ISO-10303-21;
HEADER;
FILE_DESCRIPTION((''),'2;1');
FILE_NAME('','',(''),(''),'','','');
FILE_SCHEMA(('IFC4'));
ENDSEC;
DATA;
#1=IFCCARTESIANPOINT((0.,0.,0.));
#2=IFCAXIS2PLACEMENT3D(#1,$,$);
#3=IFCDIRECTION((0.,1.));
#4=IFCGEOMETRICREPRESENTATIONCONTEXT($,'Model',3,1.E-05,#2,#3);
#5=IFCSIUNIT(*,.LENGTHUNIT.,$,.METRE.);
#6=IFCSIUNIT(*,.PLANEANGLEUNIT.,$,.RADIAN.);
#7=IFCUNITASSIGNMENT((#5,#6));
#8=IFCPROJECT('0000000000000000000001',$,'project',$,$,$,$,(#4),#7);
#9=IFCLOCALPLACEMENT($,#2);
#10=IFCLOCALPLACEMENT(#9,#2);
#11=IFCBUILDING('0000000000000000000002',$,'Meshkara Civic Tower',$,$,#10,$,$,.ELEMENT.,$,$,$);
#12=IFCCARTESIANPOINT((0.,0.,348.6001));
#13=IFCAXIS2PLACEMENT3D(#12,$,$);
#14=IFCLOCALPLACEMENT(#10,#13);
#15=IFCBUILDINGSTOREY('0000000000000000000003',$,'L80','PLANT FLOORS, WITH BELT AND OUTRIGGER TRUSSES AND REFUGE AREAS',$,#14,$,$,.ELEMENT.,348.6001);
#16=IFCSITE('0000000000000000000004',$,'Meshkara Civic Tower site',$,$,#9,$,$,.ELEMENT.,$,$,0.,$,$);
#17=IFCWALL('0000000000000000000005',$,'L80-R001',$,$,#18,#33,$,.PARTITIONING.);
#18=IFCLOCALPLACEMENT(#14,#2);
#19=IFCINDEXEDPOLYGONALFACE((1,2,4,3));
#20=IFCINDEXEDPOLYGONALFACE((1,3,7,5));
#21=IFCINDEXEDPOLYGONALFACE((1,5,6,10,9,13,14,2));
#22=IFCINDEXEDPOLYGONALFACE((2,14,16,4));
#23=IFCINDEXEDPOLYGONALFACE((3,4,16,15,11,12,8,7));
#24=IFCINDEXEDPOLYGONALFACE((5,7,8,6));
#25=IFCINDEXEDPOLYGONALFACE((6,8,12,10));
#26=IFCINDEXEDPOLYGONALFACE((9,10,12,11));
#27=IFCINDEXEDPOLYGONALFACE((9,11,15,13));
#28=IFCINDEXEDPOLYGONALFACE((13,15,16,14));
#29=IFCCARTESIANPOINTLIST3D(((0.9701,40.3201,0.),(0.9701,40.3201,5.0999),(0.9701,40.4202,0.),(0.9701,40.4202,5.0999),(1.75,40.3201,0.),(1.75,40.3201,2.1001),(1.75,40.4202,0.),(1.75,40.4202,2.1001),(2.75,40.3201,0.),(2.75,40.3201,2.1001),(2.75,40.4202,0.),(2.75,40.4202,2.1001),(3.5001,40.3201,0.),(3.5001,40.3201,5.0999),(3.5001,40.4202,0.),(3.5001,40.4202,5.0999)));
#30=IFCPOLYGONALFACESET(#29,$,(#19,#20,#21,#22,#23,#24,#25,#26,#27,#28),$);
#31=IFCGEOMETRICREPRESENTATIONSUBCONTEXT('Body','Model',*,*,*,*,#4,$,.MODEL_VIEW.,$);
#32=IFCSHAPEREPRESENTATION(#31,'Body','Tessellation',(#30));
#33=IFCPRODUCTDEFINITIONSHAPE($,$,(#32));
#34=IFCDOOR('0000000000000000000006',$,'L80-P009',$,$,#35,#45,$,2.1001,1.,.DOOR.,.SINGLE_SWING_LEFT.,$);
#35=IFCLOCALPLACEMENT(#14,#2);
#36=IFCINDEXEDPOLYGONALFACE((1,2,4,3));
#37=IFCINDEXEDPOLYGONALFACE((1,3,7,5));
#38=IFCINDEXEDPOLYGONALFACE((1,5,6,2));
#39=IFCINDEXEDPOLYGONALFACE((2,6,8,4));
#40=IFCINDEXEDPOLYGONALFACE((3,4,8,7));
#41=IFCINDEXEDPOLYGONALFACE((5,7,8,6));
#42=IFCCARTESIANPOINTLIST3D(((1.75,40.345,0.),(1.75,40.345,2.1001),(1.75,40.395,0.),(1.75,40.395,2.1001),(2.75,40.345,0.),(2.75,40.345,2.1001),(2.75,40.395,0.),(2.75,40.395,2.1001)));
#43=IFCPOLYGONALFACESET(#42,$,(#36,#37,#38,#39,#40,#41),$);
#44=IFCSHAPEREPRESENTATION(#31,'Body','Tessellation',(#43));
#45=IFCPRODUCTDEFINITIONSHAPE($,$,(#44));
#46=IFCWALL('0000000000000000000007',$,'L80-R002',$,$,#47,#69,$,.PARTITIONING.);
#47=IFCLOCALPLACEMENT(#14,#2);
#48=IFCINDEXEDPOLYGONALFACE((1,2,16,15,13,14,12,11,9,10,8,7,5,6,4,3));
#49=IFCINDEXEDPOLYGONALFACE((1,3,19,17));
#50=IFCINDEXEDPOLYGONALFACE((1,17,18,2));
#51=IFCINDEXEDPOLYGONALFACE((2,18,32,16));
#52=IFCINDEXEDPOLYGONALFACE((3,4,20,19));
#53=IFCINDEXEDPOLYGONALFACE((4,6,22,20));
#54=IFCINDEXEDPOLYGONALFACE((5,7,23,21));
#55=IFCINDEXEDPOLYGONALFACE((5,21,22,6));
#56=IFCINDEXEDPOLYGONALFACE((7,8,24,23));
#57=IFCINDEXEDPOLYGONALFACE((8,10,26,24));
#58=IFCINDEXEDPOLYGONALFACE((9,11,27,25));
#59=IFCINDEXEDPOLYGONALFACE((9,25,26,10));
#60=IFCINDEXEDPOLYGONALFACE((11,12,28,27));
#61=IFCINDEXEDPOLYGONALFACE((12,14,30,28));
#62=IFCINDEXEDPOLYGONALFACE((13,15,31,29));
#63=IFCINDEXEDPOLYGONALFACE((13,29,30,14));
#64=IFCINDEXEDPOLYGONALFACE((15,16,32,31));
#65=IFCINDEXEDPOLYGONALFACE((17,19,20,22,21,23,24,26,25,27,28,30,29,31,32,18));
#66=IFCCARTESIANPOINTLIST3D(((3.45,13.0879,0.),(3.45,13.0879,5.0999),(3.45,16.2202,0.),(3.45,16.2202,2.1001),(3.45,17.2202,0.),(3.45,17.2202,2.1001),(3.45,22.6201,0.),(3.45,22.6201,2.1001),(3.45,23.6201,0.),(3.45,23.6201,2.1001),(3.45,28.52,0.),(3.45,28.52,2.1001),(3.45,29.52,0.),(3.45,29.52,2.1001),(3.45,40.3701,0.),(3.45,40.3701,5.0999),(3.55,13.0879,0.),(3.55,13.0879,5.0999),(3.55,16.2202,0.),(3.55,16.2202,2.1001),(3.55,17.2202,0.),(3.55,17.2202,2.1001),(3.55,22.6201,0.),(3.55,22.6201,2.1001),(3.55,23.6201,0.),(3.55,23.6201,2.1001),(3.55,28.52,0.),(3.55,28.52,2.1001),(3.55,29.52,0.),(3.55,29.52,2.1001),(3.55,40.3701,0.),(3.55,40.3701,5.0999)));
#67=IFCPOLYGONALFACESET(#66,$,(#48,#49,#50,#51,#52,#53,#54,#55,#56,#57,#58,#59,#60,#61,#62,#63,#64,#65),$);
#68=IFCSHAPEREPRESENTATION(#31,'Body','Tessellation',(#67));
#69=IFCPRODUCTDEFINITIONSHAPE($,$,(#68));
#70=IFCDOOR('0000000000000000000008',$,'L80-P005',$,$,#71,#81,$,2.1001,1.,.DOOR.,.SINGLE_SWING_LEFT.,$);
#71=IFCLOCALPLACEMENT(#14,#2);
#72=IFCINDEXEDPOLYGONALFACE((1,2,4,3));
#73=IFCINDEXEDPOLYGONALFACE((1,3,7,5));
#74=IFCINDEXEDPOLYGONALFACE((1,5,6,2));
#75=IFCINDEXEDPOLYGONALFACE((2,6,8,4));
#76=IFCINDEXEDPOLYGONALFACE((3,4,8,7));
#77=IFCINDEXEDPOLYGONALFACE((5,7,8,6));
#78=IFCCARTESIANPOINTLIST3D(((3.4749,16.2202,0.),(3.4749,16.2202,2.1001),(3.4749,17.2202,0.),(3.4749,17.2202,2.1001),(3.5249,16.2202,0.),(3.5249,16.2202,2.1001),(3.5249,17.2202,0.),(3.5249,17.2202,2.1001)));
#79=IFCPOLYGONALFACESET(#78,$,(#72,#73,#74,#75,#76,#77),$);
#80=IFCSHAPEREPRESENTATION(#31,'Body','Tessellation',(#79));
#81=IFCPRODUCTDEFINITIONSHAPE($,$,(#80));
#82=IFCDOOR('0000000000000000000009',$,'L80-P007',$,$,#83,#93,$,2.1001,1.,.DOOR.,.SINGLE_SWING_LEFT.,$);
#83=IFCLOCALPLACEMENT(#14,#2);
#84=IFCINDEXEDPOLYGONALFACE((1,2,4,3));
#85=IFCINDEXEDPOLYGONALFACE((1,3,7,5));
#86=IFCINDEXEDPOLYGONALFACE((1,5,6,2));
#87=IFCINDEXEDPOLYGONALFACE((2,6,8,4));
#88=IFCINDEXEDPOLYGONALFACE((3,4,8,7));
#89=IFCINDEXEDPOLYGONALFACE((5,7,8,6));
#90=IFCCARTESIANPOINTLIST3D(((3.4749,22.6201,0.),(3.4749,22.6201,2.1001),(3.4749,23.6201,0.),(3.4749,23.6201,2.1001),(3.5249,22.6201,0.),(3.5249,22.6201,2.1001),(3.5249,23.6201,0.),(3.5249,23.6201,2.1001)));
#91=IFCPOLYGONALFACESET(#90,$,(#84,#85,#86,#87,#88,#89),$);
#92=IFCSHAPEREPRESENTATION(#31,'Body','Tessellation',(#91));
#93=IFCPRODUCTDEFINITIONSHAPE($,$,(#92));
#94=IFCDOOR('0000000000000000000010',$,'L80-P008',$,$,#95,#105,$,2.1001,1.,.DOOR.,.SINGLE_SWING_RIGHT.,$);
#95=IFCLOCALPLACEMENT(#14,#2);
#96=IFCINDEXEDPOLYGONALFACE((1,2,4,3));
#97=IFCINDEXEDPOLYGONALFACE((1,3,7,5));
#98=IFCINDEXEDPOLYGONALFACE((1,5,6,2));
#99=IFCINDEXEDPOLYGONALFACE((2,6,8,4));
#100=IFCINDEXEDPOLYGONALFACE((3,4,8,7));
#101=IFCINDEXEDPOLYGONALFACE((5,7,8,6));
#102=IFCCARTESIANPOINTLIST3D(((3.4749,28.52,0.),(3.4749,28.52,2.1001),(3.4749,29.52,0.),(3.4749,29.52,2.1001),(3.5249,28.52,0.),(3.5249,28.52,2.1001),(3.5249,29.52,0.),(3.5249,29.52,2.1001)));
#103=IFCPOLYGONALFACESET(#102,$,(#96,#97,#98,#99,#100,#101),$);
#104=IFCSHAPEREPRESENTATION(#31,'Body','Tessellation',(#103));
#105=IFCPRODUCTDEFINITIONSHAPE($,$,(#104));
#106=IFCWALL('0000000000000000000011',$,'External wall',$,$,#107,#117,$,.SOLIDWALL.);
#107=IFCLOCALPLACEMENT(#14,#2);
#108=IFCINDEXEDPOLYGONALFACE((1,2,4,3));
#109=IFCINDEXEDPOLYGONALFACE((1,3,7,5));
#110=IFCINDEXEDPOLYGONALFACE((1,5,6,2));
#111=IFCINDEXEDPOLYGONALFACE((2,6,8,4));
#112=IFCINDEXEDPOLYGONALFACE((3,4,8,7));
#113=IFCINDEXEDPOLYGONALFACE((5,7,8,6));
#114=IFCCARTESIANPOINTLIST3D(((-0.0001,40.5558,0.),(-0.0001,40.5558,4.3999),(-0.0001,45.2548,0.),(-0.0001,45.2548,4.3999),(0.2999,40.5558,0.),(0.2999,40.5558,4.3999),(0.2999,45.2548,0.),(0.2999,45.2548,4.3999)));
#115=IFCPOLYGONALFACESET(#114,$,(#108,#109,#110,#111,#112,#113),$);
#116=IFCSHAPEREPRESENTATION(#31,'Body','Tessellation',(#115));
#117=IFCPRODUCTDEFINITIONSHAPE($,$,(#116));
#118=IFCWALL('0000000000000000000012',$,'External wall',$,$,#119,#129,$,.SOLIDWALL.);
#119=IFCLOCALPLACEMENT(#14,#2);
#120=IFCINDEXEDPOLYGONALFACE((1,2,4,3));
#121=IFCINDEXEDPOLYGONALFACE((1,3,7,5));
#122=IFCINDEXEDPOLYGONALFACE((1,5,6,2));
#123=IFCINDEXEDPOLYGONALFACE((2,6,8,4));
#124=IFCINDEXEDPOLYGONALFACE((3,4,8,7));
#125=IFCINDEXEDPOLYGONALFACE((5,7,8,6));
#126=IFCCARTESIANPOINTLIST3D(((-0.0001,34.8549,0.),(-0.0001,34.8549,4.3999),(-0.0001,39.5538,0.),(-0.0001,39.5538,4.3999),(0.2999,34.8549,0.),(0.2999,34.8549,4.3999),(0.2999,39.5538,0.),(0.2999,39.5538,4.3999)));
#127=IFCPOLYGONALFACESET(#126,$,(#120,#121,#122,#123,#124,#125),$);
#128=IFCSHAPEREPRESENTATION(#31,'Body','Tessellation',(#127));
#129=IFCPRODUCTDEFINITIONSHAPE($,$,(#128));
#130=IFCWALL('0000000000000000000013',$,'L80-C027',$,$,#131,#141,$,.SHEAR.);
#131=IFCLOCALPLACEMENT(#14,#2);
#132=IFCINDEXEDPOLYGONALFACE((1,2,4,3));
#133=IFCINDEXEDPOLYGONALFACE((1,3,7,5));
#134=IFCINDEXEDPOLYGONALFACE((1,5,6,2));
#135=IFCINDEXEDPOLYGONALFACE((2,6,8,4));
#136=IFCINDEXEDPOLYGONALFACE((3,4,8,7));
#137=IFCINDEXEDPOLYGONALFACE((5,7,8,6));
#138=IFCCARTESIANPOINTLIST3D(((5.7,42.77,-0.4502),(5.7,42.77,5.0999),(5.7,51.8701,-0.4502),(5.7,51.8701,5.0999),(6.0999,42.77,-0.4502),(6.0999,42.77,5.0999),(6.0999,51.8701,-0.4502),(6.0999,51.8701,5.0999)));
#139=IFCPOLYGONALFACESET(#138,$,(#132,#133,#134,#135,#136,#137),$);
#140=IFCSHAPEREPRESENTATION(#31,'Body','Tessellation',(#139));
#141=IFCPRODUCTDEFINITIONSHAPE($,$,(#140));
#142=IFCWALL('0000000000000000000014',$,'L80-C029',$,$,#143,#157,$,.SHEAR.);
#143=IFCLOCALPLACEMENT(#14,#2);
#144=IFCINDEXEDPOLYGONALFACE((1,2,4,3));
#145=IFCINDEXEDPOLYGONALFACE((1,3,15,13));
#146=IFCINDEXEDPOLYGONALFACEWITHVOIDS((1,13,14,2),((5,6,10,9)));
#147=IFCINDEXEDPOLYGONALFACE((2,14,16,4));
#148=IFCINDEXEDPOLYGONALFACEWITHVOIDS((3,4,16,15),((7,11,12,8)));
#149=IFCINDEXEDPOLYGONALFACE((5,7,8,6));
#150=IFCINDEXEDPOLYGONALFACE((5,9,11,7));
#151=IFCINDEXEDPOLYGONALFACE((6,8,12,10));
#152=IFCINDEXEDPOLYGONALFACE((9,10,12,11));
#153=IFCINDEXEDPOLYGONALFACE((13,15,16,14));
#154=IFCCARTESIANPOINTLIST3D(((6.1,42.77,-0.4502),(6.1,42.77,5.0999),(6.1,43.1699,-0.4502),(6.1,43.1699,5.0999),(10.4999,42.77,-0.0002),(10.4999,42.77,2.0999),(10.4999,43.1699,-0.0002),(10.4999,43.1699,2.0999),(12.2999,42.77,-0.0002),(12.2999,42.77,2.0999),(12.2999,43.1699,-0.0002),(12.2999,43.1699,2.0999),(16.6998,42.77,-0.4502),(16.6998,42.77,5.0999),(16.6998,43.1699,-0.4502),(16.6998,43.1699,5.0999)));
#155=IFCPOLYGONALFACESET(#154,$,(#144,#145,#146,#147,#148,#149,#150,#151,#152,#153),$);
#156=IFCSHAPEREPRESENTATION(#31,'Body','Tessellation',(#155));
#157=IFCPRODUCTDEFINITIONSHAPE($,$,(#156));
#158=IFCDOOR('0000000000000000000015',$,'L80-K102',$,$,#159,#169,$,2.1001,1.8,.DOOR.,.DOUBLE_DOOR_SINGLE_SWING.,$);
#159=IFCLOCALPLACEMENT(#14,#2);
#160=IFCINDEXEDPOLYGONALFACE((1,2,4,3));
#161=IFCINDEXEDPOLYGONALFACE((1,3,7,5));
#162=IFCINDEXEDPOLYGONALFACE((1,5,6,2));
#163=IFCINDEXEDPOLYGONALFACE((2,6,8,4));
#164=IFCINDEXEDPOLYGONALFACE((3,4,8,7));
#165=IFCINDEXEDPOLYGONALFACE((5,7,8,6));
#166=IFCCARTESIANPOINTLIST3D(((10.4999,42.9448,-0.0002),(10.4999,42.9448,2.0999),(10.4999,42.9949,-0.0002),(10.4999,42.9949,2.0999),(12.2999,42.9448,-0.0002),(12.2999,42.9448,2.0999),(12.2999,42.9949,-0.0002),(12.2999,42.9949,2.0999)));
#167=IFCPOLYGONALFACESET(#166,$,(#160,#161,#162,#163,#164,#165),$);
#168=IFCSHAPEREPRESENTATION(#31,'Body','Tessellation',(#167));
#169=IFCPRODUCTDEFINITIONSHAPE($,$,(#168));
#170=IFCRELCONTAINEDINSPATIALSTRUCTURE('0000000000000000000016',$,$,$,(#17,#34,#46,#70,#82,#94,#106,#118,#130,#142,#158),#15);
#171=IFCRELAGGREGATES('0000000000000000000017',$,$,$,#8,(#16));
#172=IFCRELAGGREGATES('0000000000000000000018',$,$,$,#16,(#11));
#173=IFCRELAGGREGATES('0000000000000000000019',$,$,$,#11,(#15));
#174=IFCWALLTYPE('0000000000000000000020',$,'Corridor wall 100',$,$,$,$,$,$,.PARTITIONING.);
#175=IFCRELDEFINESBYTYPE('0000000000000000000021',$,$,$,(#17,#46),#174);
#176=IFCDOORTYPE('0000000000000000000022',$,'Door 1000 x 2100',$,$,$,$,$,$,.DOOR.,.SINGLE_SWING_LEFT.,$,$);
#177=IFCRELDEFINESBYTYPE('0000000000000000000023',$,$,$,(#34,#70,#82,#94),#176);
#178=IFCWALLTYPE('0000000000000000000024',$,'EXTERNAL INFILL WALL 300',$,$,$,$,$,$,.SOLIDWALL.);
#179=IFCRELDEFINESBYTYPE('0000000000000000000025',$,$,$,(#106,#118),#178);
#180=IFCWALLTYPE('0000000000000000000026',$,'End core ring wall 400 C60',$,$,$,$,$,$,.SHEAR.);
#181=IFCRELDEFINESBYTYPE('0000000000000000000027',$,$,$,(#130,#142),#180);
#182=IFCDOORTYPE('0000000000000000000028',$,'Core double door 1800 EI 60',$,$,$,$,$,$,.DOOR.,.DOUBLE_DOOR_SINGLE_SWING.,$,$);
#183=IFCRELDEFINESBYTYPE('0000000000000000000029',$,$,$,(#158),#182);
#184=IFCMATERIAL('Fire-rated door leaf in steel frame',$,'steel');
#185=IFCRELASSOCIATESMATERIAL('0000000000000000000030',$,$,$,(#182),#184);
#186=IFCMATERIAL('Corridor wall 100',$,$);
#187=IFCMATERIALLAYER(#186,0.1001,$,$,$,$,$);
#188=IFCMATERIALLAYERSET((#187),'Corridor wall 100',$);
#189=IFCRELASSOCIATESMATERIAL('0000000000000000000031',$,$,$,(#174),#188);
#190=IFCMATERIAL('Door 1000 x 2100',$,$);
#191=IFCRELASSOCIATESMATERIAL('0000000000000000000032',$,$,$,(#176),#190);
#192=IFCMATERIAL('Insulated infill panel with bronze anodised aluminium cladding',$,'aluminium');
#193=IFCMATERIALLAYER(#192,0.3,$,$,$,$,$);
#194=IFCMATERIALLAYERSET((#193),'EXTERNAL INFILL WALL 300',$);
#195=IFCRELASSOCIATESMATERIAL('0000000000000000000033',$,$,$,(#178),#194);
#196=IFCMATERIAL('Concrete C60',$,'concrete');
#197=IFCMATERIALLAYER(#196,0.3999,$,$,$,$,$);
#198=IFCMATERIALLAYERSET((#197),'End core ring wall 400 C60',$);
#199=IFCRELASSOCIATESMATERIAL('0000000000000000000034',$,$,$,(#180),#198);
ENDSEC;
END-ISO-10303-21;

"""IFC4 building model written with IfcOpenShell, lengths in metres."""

from ifc_helpers import new_model, si_unit, direction, frame, frame_2d, origin, place, context, subcontext, project, spatial, rectangle, extrude, material, layer, layer_set, type_object, element, fill, save


model = new_model("IFC4")

# Units and contexts
model_context = context("Model", 3, precision=1e-05, world=origin(), true_north=direction((0.0, 1.0)))
body_context = subcontext(model_context, "Body", "Model", "MODEL_VIEW")
ifc_project = project(units=[si_unit("LENGTHUNIT", "METRE"), si_unit("PLANEANGLEUNIT", "RADIAN")], contexts=[model_context])

# Site, building, storey
site_placement = place(None, origin())
site = spatial("IfcSite", under=ifc_project, at=site_placement, Name="Meshkara Civic Tower site", CompositionType="ELEMENT", RefElevation=0.0)
building_placement = place(site_placement, origin())
building = spatial("IfcBuilding", under=site, at=building_placement, Name="Meshkara Civic Tower", CompositionType="ELEMENT")
storey_placement = place(building_placement, frame((0.0, 0.0, 348.6001)))
storey = spatial("IfcBuildingStorey", under=building, at=storey_placement, Name="L80", Description="PLANT FLOORS, WITH BELT AND OUTRIGGER TRUSSES AND REFUGE AREAS", CompositionType="ELEMENT", Elevation=348.6001)

# Wall, opening, door
ifc_material_1 = material(Name="Fire-rated door leaf in steel frame", Category="steel")
door_type_1 = type_object("IfcDoorType", Name="Core double door 1800 EI 60", OperationType="DOUBLE_DOOR_SINGLE_SWING", PredefinedType="DOOR", material=ifc_material_1)
ifc_material_2 = material(Name="Corridor wall 100")
ifc_layer_1 = layer(ifc_material_2, 0.1001)
ifc_layer_set_1 = layer_set([ifc_layer_1], Name="Corridor wall 100")
wall_type_1 = type_object("IfcWallType", Name="Corridor wall 100", PredefinedType="PARTITIONING", material=ifc_layer_set_1)
wall_1_placement = place(storey_placement, frame((0.97, 40.3701, 0.0), z_axis=(0.0, 0.0, 1.0), x_axis=(1.0, 0.0, 0.0)))
wall_1 = element("IfcWall", 1, at=wall_1_placement, inside=storey, type_object=wall_type_1, Name="L80-R001", PredefinedType="PARTITIONING", context=body_context, shape_type="SweptSolid", body=[
    extrude(rectangle(XDim=2.53, YDim=0.1001, at=frame_2d((1.2651, 0.0))), origin(), (0.0, 0.0, 1.0), 5.0999),
])
opening_1_placement = place(wall_1_placement, frame((0.78, 0.0, 0.0)))
opening_1 = element("IfcOpeningElement", 2, at=opening_1_placement, cuts=wall_1, PredefinedType="OPENING", context=body_context, shape_type="SweptSolid", body=[
    extrude(rectangle(XDim=1.0, YDim=2.1001, at=frame_2d((0.5, 1.05))), frame((0.0, 0.0601, 0.0), z_axis=(0.0, -1.0, 0.0), x_axis=(1.0, 0.0, 0.0)), (0.0, 0.0, 1.0), 0.1201),
])
ifc_material_3 = material(Name="Door 1000 x 2100")
door_type_2 = type_object("IfcDoorType", Name="Door 1000 x 2100", OperationType="SINGLE_SWING_LEFT", PredefinedType="DOOR", material=ifc_material_3)
door_1_placement = place(opening_1_placement, origin())
door_1 = element("IfcDoor", 3, at=door_1_placement, inside=storey, type_object=door_type_2, Name="L80-P009", OperationType="SINGLE_SWING_LEFT", OverallHeight=2.1001, OverallWidth=1.0, PredefinedType="DOOR", context=body_context, shape_type="SweptSolid", body=[
    extrude(rectangle(XDim=1.0, YDim=2.1001, at=frame_2d((0.5, 1.05))), frame((0.0, 0.0249, 0.0), z_axis=(0.0, -1.0, 0.0), x_axis=(1.0, 0.0, 0.0)), (0.0, 0.0, 1.0), 0.05),
])
fill(opening_1, door_1)

# Wall, openings, doors
wall_2_placement = place(storey_placement, frame((3.5, 40.3701, 0.0), z_axis=(0.0, 0.0, 1.0), x_axis=(0.0, -1.0, 0.0)))
wall_2 = element("IfcWall", 4, at=wall_2_placement, inside=storey, type_object=wall_type_1, Name="L80-R002", PredefinedType="PARTITIONING", context=body_context, shape_type="SweptSolid", body=[
    extrude(rectangle(XDim=27.2822, YDim=0.1001, at=frame_2d((13.6411, 0.0))), origin(), (0.0, 0.0, 1.0), 5.0999),
])
opening_2_placement = place(wall_2_placement, frame((23.1499, 0.0, 0.0)))
opening_2 = element("IfcOpeningElement", 5, at=opening_2_placement, cuts=wall_2, PredefinedType="OPENING", context=body_context, shape_type="SweptSolid", body=[
    extrude(rectangle(XDim=1.0, YDim=2.1001, at=frame_2d((0.5, 1.05))), frame((0.0, 0.0601, 0.0), z_axis=(0.0, -1.0, 0.0), x_axis=(1.0, 0.0, 0.0)), (0.0, 0.0, 1.0), 0.1201),
])
opening_3_placement = place(wall_2_placement, frame((16.75, 0.0, 0.0)))
opening_3 = element("IfcOpeningElement", 6, at=opening_3_placement, cuts=wall_2, PredefinedType="OPENING", context=body_context, shape_type="SweptSolid", body=[
    extrude(rectangle(XDim=1.0, YDim=2.1001, at=frame_2d((0.5, 1.05))), frame((0.0, 0.0601, 0.0), z_axis=(0.0, -1.0, 0.0), x_axis=(1.0, 0.0, 0.0)), (0.0, 0.0, 1.0), 0.1201),
])
opening_4_placement = place(wall_2_placement, frame((10.8501, 0.0, 0.0)))
opening_4 = element("IfcOpeningElement", 7, at=opening_4_placement, cuts=wall_2, PredefinedType="OPENING", context=body_context, shape_type="SweptSolid", body=[
    extrude(rectangle(XDim=1.0, YDim=2.1001, at=frame_2d((0.5, 1.05))), frame((0.0, 0.0601, 0.0), z_axis=(0.0, -1.0, 0.0), x_axis=(1.0, 0.0, 0.0)), (0.0, 0.0, 1.0), 0.1201),
])
door_2_placement = place(opening_2_placement, origin())
door_2 = element("IfcDoor", 8, at=door_2_placement, inside=storey, type_object=door_type_2, Name="L80-P005", OperationType="SINGLE_SWING_LEFT", OverallHeight=2.1001, OverallWidth=1.0, PredefinedType="DOOR", context=body_context, shape_type="SweptSolid", body=[
    extrude(rectangle(XDim=1.0, YDim=2.1001, at=frame_2d((0.5, 1.05))), frame((0.0, 0.0249, 0.0), z_axis=(0.0, -1.0, 0.0), x_axis=(1.0, 0.0, 0.0)), (0.0, 0.0, 1.0), 0.05),
])
fill(opening_2, door_2)
door_3_placement = place(opening_3_placement, origin())
door_3 = element("IfcDoor", 9, at=door_3_placement, inside=storey, type_object=door_type_2, Name="L80-P007", OperationType="SINGLE_SWING_LEFT", OverallHeight=2.1001, OverallWidth=1.0, PredefinedType="DOOR", context=body_context, shape_type="SweptSolid", body=[
    extrude(rectangle(XDim=1.0, YDim=2.1001, at=frame_2d((0.5, 1.05))), frame((0.0, 0.0249, 0.0), z_axis=(0.0, -1.0, 0.0), x_axis=(1.0, 0.0, 0.0)), (0.0, 0.0, 1.0), 0.05),
])
fill(opening_3, door_3)
door_4_placement = place(opening_4_placement, origin())
door_4 = element("IfcDoor", 10, at=door_4_placement, inside=storey, type_object=door_type_2, Name="L80-P008", OperationType="SINGLE_SWING_RIGHT", OverallHeight=2.1001, OverallWidth=1.0, PredefinedType="DOOR", context=body_context, shape_type="SweptSolid", body=[
    extrude(rectangle(XDim=1.0, YDim=2.1001, at=frame_2d((0.5, 1.05))), frame((0.0, 0.0249, 0.0), z_axis=(0.0, -1.0, 0.0), x_axis=(1.0, 0.0, 0.0)), (0.0, 0.0, 1.0), 0.05),
])
fill(opening_4, door_4)

# Walls
ifc_material_4 = material(Name="Insulated infill panel with bronze anodised aluminium cladding", Category="aluminium")
ifc_layer_2 = layer(ifc_material_4, 0.3)
ifc_layer_set_2 = layer_set([ifc_layer_2], Name="EXTERNAL INFILL WALL 300")
wall_type_2 = type_object("IfcWallType", Name="EXTERNAL INFILL WALL 300", PredefinedType="SOLIDWALL", material=ifc_layer_set_2)
for number, where, z_axis, x_axis, name in (
    (11, (0.1499, 45.2549, 0.0), (0.0, 0.0, 1.0), (0.0, -1.0, 0.0), "External wall"),
    (12, (0.1499, 39.554, 0.0), (0.0, 0.0, 1.0), (0.0, -1.0, 0.0), "External wall"),
):
    element("IfcWall", number, at=place(storey_placement, frame(where, z_axis=z_axis, x_axis=x_axis)), inside=storey, type_object=wall_type_2, Name=name, PredefinedType="SOLIDWALL", context=body_context, shape_type="SweptSolid", body=[
        extrude(rectangle(XDim=4.699, YDim=0.3, at=frame_2d((2.3496, 0.0))), origin(), (0.0, 0.0, 1.0), 4.3999),
    ])
ifc_material_5 = material(Name="Concrete C60", Category="concrete")
ifc_layer_3 = layer(ifc_material_5, 0.3999)
ifc_layer_set_3 = layer_set([ifc_layer_3], Name="End core ring wall 400 C60")
wall_type_3 = type_object("IfcWallType", Name="End core ring wall 400 C60", PredefinedType="SHEAR", material=ifc_layer_set_3)
wall_3_placement = place(storey_placement, frame((5.8999, 42.77, -0.4502), z_axis=(0.0, 0.0, 1.0), x_axis=(0.0, 1.0, 0.0)))
element("IfcWall", 13, at=wall_3_placement, inside=storey, type_object=wall_type_3, Name="L80-C027", PredefinedType="SHEAR", context=body_context, shape_type="SweptSolid", body=[
    extrude(rectangle(XDim=9.1001, YDim=0.3999, at=frame_2d((4.55, 0.0))), origin(), (0.0, 0.0, 1.0), 5.55),
])

# Wall, opening, door
wall_4_placement = place(storey_placement, frame((6.1001, 42.97, -0.4502), z_axis=(0.0, 0.0, 1.0), x_axis=(1.0, 0.0, 0.0)))
wall_4 = element("IfcWall", 14, at=wall_4_placement, inside=storey, type_object=wall_type_3, Name="L80-C029", PredefinedType="SHEAR", context=body_context, shape_type="SweptSolid", body=[
    extrude(rectangle(XDim=10.5999, YDim=0.3999, at=frame_2d((5.2998, 0.0))), origin(), (0.0, 0.0, 1.0), 5.55),
])
opening_5_placement = place(wall_4_placement, frame((4.3999, 0.0, 0.45)))
opening_5 = element("IfcOpeningElement", 15, at=opening_5_placement, cuts=wall_4, PredefinedType="OPENING", context=body_context, shape_type="SweptSolid", body=[
    extrude(rectangle(XDim=1.8, YDim=2.1001, at=frame_2d((0.8999, 1.05))), frame((0.0, 0.21, 0.0), z_axis=(0.0, -1.0, 0.0), x_axis=(1.0, 0.0, 0.0)), (0.0, 0.0, 1.0), 0.4199),
])
door_5_placement = place(opening_5_placement, origin())
door_5 = element("IfcDoor", 16, at=door_5_placement, inside=storey, type_object=door_type_1, Name="L80-K102", OperationType="DOUBLE_DOOR_SINGLE_SWING", OverallHeight=2.1001, OverallWidth=1.8, PredefinedType="DOOR", context=body_context, shape_type="SweptSolid", body=[
    extrude(rectangle(XDim=1.8, YDim=2.1001, at=frame_2d((0.8999, 1.05))), frame((0.0, 0.0249, 0.0), z_axis=(0.0, -1.0, 0.0), x_axis=(1.0, 0.0, 0.0)), (0.0, 0.0, 1.0), 0.05),
])
fill(opening_5, door_5)

save(model, "model.ifc")
